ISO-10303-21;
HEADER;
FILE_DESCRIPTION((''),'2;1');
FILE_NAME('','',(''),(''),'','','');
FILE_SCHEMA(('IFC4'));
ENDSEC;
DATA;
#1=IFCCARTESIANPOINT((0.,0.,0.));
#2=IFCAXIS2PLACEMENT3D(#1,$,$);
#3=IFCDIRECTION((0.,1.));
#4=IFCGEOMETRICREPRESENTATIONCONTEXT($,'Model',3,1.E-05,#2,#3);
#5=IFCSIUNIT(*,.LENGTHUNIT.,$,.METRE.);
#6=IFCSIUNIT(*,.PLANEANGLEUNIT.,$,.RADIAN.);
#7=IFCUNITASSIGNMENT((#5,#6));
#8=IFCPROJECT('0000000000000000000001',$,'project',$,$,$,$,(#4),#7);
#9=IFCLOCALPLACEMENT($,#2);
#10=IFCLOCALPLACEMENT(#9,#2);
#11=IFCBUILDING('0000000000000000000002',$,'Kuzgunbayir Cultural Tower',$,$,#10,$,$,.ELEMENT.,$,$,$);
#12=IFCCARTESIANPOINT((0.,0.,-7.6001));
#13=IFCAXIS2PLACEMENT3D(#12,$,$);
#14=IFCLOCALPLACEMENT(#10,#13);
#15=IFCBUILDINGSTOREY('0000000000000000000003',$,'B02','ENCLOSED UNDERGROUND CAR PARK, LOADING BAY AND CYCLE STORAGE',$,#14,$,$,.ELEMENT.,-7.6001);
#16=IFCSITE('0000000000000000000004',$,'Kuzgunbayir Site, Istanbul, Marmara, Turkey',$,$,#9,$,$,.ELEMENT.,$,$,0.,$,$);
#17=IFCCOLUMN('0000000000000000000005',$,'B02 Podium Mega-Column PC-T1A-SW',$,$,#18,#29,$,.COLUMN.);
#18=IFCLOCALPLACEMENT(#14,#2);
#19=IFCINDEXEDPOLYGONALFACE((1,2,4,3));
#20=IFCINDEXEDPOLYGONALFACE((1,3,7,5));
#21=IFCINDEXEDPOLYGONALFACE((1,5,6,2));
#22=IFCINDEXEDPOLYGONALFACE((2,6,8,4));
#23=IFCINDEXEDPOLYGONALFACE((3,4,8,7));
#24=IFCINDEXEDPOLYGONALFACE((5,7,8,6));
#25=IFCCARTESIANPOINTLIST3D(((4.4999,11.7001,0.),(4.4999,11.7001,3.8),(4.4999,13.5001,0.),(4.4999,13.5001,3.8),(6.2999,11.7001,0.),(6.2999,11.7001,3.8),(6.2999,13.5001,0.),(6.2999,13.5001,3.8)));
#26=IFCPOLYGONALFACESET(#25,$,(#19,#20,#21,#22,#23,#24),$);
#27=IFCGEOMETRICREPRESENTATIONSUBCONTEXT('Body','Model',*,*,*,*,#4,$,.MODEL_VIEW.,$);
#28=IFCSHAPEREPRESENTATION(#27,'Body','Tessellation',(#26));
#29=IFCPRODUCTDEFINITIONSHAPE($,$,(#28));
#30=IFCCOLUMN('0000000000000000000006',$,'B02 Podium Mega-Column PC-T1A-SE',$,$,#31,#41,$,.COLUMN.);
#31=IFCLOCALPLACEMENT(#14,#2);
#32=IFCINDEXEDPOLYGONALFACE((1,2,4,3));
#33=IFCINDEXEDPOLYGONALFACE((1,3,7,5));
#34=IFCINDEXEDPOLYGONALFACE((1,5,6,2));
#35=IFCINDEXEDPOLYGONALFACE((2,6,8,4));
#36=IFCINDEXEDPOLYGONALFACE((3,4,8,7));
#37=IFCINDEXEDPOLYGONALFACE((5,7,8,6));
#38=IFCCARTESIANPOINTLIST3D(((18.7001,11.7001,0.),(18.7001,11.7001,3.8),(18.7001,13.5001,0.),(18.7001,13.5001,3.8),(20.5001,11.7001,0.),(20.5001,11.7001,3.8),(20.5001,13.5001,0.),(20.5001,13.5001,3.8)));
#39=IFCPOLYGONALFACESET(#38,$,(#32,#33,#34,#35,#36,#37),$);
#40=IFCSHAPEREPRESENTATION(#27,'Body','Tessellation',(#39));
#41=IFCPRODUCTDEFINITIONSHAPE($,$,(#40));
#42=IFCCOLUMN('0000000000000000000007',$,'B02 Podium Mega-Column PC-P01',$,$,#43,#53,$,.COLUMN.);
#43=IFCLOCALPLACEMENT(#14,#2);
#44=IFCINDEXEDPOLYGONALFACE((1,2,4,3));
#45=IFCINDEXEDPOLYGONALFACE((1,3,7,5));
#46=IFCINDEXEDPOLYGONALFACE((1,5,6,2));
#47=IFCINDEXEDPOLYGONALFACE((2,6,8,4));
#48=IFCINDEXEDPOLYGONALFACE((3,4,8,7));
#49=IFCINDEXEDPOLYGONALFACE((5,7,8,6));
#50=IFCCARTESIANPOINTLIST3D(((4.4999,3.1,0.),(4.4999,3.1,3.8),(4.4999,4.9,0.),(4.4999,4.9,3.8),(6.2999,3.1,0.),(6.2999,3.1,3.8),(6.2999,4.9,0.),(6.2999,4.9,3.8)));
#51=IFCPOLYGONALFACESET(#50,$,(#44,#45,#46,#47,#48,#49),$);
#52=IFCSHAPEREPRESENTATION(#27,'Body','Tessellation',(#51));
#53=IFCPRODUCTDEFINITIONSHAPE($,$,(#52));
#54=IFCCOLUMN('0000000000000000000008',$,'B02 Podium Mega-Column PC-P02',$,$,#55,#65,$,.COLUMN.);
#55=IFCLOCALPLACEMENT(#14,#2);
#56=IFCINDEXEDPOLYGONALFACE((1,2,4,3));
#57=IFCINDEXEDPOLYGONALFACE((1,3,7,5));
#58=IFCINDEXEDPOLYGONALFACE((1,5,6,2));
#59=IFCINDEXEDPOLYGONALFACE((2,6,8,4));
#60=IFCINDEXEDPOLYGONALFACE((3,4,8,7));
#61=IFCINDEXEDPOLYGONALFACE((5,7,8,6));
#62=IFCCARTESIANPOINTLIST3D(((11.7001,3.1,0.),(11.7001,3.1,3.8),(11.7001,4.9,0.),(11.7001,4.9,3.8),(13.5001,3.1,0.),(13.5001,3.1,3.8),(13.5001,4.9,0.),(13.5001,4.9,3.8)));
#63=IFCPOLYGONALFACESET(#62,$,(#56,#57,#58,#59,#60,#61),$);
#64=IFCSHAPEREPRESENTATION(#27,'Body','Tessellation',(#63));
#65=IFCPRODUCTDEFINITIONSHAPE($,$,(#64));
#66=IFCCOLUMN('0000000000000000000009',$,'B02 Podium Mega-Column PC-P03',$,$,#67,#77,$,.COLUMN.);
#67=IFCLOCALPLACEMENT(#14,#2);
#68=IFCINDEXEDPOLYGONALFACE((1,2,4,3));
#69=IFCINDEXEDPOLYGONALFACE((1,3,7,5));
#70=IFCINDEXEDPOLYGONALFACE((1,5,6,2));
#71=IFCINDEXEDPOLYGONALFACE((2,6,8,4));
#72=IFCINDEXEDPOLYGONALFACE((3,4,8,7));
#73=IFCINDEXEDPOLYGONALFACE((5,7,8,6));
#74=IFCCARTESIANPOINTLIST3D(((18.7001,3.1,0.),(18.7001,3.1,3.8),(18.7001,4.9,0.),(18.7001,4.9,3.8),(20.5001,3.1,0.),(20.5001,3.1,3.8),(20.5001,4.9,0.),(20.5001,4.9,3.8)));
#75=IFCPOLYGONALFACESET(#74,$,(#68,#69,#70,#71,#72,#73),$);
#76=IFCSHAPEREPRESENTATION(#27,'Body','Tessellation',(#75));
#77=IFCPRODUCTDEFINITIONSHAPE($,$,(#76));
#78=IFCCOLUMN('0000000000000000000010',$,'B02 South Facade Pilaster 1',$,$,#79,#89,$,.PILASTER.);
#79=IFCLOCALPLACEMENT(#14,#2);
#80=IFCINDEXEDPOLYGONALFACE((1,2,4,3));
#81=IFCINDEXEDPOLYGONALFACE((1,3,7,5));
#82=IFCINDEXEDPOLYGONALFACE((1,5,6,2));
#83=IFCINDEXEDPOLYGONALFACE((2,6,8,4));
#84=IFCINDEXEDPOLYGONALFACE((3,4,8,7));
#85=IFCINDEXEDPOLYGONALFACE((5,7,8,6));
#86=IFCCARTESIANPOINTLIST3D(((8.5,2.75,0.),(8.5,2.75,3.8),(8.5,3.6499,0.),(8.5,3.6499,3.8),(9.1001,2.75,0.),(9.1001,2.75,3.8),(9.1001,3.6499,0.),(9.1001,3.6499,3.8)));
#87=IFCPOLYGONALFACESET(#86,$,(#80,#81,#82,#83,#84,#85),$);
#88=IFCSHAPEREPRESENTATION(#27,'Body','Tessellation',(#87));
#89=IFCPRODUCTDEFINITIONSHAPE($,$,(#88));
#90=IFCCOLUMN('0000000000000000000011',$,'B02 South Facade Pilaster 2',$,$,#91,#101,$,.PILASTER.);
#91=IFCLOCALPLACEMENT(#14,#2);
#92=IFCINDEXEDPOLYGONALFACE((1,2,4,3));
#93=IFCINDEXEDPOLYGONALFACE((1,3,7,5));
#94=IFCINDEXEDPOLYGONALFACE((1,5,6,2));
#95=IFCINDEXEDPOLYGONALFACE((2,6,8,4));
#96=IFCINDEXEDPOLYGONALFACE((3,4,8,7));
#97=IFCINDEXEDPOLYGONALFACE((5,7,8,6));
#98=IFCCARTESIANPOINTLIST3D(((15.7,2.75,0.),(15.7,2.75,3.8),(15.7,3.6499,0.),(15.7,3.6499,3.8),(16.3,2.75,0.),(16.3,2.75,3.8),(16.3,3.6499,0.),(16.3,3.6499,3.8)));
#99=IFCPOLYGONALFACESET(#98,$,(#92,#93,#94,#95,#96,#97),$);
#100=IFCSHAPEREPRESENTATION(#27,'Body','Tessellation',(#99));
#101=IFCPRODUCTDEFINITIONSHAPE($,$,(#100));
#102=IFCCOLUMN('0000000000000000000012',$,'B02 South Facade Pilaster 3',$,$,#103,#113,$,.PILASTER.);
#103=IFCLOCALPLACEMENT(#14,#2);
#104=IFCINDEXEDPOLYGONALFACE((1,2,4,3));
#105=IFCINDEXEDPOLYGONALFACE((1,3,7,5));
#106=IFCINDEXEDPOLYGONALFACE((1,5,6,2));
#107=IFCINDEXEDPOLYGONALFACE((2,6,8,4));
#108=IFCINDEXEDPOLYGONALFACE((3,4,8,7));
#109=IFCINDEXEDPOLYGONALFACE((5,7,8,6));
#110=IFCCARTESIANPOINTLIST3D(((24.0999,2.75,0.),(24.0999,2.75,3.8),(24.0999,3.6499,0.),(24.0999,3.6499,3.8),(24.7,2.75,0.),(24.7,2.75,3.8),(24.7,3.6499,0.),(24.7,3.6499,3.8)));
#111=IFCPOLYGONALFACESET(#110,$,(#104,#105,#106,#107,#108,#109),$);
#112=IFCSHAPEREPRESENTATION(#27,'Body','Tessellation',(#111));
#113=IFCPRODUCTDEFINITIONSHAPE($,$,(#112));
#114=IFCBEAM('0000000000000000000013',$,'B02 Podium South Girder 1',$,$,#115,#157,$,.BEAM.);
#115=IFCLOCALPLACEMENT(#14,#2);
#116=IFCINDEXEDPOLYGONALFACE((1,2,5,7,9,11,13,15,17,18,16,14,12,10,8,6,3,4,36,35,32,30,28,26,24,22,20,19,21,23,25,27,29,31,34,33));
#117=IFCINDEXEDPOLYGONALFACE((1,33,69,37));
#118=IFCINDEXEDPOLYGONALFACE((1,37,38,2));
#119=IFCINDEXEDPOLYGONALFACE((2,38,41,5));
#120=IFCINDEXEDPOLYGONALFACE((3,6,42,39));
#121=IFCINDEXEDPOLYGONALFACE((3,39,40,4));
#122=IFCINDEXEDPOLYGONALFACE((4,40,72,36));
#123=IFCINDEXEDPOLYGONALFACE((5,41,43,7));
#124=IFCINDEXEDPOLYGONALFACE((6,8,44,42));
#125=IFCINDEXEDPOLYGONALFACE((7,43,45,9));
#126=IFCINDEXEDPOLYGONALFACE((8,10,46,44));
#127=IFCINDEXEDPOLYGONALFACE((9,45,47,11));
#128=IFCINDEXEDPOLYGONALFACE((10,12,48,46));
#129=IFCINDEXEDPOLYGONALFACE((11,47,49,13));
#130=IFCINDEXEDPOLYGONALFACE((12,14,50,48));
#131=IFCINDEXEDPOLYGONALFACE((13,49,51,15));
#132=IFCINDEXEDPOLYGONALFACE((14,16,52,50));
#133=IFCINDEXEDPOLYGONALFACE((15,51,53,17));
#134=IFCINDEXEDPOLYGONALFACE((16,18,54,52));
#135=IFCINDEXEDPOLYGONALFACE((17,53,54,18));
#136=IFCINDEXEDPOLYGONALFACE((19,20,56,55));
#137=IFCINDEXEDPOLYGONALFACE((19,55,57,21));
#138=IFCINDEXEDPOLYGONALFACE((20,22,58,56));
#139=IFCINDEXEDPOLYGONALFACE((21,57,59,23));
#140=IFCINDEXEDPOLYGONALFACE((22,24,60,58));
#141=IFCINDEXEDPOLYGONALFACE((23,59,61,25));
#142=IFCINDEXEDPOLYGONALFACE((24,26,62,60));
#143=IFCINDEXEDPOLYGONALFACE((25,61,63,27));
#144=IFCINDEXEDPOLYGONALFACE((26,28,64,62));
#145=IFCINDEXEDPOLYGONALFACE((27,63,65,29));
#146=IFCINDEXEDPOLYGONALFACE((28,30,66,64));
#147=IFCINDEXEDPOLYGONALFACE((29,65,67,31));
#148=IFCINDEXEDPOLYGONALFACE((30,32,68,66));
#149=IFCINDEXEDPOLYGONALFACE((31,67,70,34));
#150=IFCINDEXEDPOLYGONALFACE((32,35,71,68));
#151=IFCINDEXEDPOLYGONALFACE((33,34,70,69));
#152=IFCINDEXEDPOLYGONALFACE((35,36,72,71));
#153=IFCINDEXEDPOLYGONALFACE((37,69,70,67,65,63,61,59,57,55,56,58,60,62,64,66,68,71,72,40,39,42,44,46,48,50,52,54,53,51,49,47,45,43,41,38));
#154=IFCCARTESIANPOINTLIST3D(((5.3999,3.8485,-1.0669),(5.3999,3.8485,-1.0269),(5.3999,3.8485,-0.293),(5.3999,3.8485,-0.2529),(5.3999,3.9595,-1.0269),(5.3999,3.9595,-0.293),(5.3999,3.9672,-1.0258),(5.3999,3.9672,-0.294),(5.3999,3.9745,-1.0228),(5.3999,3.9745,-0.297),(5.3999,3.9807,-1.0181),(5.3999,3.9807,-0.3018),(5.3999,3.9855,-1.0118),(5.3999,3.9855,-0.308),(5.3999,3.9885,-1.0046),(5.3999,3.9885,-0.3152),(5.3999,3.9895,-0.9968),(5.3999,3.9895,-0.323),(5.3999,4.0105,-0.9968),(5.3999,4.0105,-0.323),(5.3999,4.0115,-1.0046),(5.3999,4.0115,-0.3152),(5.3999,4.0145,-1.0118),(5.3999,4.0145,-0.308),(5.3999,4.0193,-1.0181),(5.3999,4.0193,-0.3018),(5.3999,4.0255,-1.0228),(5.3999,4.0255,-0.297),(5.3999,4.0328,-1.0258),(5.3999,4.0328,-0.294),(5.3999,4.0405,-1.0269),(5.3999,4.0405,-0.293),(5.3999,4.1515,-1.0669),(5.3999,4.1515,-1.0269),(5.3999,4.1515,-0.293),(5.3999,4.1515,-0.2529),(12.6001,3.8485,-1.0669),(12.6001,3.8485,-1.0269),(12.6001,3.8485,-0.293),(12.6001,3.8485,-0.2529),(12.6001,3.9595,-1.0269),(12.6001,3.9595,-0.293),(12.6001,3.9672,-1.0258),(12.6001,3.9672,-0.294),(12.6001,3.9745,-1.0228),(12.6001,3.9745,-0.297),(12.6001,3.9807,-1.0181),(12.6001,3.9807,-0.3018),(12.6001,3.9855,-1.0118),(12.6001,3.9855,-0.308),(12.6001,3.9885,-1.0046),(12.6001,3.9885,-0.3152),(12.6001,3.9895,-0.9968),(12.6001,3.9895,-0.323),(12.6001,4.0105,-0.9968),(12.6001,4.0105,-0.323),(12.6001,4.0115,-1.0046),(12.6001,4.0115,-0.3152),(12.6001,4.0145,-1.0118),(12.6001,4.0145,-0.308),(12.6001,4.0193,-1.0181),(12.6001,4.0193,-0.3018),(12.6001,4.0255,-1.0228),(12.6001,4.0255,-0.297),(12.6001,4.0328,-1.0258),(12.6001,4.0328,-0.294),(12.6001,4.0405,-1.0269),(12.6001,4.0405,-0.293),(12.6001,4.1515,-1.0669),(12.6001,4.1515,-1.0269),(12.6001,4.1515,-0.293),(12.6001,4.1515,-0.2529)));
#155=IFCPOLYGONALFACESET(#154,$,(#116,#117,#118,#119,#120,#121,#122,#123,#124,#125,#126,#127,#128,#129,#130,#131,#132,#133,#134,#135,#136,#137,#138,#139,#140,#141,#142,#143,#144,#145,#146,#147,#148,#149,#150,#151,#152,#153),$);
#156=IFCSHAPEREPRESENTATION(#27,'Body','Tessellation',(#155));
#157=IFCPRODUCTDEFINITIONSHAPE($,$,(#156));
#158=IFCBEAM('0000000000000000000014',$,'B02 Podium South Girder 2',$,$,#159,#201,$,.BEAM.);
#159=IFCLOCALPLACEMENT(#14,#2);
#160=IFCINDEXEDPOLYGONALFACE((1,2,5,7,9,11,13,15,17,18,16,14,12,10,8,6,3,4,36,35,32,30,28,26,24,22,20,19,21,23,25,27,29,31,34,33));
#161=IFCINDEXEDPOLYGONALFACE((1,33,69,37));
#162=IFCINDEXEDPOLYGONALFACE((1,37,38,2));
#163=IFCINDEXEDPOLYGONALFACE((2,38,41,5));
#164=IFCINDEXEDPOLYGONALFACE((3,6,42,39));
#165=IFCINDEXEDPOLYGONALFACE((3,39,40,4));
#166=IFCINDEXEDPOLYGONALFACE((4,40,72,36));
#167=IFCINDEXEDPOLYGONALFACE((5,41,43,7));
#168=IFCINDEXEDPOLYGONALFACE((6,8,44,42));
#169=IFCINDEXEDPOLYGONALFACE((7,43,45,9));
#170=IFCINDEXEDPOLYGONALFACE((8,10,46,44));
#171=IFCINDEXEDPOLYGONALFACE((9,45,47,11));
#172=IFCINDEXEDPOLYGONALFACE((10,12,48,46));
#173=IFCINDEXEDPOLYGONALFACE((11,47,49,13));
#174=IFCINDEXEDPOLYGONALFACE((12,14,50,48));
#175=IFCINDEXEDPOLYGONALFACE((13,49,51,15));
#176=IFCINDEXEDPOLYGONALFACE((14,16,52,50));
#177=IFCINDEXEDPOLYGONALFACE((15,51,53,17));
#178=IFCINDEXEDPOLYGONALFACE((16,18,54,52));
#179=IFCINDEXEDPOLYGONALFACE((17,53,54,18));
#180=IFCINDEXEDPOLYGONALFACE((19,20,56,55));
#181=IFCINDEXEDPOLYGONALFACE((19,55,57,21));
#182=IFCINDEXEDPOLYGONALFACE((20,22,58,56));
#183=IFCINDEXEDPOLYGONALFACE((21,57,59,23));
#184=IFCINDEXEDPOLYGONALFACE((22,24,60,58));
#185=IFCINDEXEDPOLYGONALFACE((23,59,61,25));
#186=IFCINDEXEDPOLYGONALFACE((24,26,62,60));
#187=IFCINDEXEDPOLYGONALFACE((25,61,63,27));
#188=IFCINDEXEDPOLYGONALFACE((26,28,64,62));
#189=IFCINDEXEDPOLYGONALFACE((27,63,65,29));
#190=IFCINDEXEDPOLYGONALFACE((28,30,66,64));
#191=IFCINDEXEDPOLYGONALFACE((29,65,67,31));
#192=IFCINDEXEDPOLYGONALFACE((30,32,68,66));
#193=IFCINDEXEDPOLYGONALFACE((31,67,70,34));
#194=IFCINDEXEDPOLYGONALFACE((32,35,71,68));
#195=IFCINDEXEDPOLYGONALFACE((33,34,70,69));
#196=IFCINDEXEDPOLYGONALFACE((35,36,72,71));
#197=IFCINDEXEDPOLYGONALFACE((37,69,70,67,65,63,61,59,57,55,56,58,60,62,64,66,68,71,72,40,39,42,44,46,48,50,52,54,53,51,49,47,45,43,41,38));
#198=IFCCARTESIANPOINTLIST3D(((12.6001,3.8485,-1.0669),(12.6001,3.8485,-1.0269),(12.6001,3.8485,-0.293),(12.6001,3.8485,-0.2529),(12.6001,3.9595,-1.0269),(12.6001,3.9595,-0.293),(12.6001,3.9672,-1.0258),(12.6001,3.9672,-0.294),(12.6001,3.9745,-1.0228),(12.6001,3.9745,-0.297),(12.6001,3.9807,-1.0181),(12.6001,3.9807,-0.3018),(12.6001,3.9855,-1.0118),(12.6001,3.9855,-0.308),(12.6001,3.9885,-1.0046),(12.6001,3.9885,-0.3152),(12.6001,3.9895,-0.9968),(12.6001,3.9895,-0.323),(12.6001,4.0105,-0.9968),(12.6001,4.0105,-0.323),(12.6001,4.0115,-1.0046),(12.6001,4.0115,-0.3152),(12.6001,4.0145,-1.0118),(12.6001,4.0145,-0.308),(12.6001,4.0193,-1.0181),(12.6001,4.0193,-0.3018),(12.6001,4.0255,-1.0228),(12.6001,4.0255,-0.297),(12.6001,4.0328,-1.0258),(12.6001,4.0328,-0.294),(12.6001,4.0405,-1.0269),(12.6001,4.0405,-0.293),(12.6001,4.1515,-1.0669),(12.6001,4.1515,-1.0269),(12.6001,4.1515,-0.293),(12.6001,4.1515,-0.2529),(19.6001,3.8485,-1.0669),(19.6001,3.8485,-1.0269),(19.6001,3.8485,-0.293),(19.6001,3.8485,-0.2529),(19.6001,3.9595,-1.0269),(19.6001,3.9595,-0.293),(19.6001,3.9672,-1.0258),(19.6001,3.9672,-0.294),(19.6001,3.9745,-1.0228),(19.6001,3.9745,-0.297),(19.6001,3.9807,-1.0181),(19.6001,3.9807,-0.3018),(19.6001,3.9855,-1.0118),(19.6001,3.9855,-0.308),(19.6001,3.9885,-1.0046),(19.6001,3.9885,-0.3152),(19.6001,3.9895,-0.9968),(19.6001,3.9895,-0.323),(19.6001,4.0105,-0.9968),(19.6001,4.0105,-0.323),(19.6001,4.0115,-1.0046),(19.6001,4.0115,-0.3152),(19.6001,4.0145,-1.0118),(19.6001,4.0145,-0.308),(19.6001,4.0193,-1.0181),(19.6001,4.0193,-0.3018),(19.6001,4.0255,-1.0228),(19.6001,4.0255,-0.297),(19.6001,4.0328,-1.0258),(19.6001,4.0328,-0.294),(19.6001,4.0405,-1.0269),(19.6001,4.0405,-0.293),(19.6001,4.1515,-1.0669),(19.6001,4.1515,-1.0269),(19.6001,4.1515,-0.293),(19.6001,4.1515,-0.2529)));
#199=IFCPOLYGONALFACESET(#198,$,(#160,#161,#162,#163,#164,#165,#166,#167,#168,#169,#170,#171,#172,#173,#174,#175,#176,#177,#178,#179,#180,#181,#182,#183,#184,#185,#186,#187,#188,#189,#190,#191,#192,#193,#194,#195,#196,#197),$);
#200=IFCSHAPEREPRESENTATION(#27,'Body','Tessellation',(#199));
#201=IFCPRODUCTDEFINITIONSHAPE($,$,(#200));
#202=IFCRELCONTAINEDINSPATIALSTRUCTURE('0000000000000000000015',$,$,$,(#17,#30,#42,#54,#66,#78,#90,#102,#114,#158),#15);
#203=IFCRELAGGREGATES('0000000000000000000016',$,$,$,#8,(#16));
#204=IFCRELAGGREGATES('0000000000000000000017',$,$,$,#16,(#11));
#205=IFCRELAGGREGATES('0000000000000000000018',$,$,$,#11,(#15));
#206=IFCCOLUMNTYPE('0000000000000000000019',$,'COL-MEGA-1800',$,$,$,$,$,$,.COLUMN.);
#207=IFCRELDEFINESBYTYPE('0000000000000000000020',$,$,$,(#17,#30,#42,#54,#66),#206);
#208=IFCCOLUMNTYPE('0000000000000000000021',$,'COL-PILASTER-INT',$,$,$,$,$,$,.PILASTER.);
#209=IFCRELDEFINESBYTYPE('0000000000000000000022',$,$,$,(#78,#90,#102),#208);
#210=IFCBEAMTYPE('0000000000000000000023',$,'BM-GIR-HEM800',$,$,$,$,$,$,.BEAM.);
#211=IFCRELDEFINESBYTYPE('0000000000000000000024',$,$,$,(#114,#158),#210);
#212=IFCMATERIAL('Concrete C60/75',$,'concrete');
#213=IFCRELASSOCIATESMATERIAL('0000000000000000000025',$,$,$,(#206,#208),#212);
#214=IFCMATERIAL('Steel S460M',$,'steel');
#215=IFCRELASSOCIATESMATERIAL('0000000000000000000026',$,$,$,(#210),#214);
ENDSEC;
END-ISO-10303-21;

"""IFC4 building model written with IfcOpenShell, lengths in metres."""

from ifc_helpers import new_model, si_unit, direction, frame, origin, origin_2d, place, context, subcontext, project, spatial, rectangle, i_section, extrude, material, material_profile, profile_set, type_object, element, save


model = new_model("IFC4")

# Units and contexts
model_context = context("Model", 3, precision=1e-05, world=origin(), true_north=direction((0.0, 1.0)))
body_context = subcontext(model_context, "Body", "Model", "MODEL_VIEW")
ifc_project = project(units=[si_unit("LENGTHUNIT", "METRE"), si_unit("PLANEANGLEUNIT", "RADIAN")], contexts=[model_context])

# Site, building, storey
site_placement = place(None, origin())
site = spatial("IfcSite", under=ifc_project, at=site_placement, Name="Kuzgunbayir Site, Istanbul, Marmara, Turkey", CompositionType="ELEMENT", RefElevation=0.0)
building_placement = place(site_placement, origin())
building = spatial("IfcBuilding", under=site, at=building_placement, Name="Kuzgunbayir Cultural Tower", CompositionType="ELEMENT")
storey_placement = place(building_placement, frame((0.0, 0.0, -7.6001)))
storey = spatial("IfcBuildingStorey", under=building, at=storey_placement, Name="B02", Description="ENCLOSED UNDERGROUND CAR PARK, LOADING BAY AND CYCLE STORAGE", CompositionType="ELEMENT", Elevation=-7.6001)

# Columns
ifc_material_1 = material(Name="Concrete C60/75", Category="concrete")
ifc_material_profile_1 = material_profile(ifc_material_1, rectangle(XDim=1.8, YDim=1.8, at=origin_2d()), Name="RC 1800x1800")
ifc_profile_set_1 = profile_set([ifc_material_profile_1], Name="Concrete C60/75")
column_type_1 = type_object("IfcColumnType", Name="COL-MEGA-1800", PredefinedType="COLUMN", material=ifc_profile_set_1)
for number, where, z_axis, x_axis, name in (
    (1, (5.3999, 12.6001, 0.0), (0.0, 0.0, 1.0), (1.0, 0.0, 0.0), "B02 Podium Mega-Column PC-T1A-SW"),
    (2, (19.6001, 12.6001, 0.0), (0.0, 0.0, 1.0), (1.0, 0.0, 0.0), "B02 Podium Mega-Column PC-T1A-SE"),
    (3, (5.3999, 4.0, 0.0), (0.0, 0.0, 1.0), (1.0, 0.0, 0.0), "B02 Podium Mega-Column PC-P01"),
    (4, (12.6001, 4.0, 0.0), (0.0, 0.0, 1.0), (1.0, 0.0, 0.0), "B02 Podium Mega-Column PC-P02"),
    (5, (19.6001, 4.0, 0.0), (0.0, 0.0, 1.0), (1.0, 0.0, 0.0), "B02 Podium Mega-Column PC-P03"),
):
    element("IfcColumn", number, at=place(storey_placement, frame(where, z_axis=z_axis, x_axis=x_axis)), inside=storey, type_object=column_type_1, Name=name, PredefinedType="COLUMN", context=body_context, shape_type="SweptSolid", body=[
        extrude(rectangle(XDim=1.8, YDim=1.8, at=origin_2d()), origin(), (0.0, 0.0, 1.0), 3.8),
    ])
ifc_material_profile_2 = material_profile(ifc_material_1, rectangle(XDim=0.6001, YDim=0.8999, at=origin_2d()), Name="RC 600x900")
ifc_profile_set_2 = profile_set([ifc_material_profile_2], Name="Concrete C60/75")
column_type_2 = type_object("IfcColumnType", Name="COL-PILASTER-INT", PredefinedType="PILASTER", material=ifc_profile_set_2)
for number, where, z_axis, x_axis, name in (
    (6, (8.8, 3.2, 0.0), (0.0, 0.0, 1.0), (1.0, 0.0, 0.0), "B02 South Facade Pilaster 1"),
    (7, (16.0, 3.2, 0.0), (0.0, 0.0, 1.0), (1.0, 0.0, 0.0), "B02 South Facade Pilaster 2"),
    (8, (24.3999, 3.2, 0.0), (0.0, 0.0, 1.0), (1.0, 0.0, 0.0), "B02 South Facade Pilaster 3"),
):
    element("IfcColumn", number, at=place(storey_placement, frame(where, z_axis=z_axis, x_axis=x_axis)), inside=storey, type_object=column_type_2, Name=name, PredefinedType="PILASTER", context=body_context, shape_type="SweptSolid", body=[
        extrude(rectangle(XDim=0.6001, YDim=0.8999, at=origin_2d()), origin(), (0.0, 0.0, 1.0), 3.8),
    ])

# Beams
ifc_material_2 = material(Name="Steel S460M", Category="steel")
ifc_material_profile_3 = material_profile(ifc_material_2, i_section(OverallWidth=0.303, OverallDepth=0.814, WebThickness=0.021, FlangeThickness=0.04, FilletRadius=0.03, at=origin_2d()), Name="HEM 800")
ifc_profile_set_3 = profile_set([ifc_material_profile_3], Name="Steel S460M")
beam_type_1 = type_object("IfcBeamType", Name="BM-GIR-HEM800", PredefinedType="BEAM", material=ifc_profile_set_3)
beam_1_placement = place(storey_placement, frame((5.3999, 4.0, -0.6599), z_axis=(1.0, 0.0, 0.0), x_axis=(0.0, 1.0, 0.0)))
element("IfcBeam", 9, at=beam_1_placement, inside=storey, type_object=beam_type_1, Name="B02 Podium South Girder 1", PredefinedType="BEAM", context=body_context, shape_type="SweptSolid", body=[
    extrude(i_section(OverallWidth=0.303, OverallDepth=0.814, WebThickness=0.021, FlangeThickness=0.04, FilletRadius=0.03, at=origin_2d()), origin(), (0.0, 0.0, 1.0), 7.2002),
])
beam_2_placement = place(storey_placement, frame((12.6001, 4.0, -0.6599), z_axis=(1.0, 0.0, 0.0), x_axis=(0.0, 1.0, 0.0)))
element("IfcBeam", 10, at=beam_2_placement, inside=storey, type_object=beam_type_1, Name="B02 Podium South Girder 2", PredefinedType="BEAM", context=body_context, shape_type="SweptSolid", body=[
    extrude(i_section(OverallWidth=0.303, OverallDepth=0.814, WebThickness=0.021, FlangeThickness=0.04, FilletRadius=0.03, at=origin_2d()), origin(), (0.0, 0.0, 1.0), 7.0),
])

save(model, "model.ifc")
